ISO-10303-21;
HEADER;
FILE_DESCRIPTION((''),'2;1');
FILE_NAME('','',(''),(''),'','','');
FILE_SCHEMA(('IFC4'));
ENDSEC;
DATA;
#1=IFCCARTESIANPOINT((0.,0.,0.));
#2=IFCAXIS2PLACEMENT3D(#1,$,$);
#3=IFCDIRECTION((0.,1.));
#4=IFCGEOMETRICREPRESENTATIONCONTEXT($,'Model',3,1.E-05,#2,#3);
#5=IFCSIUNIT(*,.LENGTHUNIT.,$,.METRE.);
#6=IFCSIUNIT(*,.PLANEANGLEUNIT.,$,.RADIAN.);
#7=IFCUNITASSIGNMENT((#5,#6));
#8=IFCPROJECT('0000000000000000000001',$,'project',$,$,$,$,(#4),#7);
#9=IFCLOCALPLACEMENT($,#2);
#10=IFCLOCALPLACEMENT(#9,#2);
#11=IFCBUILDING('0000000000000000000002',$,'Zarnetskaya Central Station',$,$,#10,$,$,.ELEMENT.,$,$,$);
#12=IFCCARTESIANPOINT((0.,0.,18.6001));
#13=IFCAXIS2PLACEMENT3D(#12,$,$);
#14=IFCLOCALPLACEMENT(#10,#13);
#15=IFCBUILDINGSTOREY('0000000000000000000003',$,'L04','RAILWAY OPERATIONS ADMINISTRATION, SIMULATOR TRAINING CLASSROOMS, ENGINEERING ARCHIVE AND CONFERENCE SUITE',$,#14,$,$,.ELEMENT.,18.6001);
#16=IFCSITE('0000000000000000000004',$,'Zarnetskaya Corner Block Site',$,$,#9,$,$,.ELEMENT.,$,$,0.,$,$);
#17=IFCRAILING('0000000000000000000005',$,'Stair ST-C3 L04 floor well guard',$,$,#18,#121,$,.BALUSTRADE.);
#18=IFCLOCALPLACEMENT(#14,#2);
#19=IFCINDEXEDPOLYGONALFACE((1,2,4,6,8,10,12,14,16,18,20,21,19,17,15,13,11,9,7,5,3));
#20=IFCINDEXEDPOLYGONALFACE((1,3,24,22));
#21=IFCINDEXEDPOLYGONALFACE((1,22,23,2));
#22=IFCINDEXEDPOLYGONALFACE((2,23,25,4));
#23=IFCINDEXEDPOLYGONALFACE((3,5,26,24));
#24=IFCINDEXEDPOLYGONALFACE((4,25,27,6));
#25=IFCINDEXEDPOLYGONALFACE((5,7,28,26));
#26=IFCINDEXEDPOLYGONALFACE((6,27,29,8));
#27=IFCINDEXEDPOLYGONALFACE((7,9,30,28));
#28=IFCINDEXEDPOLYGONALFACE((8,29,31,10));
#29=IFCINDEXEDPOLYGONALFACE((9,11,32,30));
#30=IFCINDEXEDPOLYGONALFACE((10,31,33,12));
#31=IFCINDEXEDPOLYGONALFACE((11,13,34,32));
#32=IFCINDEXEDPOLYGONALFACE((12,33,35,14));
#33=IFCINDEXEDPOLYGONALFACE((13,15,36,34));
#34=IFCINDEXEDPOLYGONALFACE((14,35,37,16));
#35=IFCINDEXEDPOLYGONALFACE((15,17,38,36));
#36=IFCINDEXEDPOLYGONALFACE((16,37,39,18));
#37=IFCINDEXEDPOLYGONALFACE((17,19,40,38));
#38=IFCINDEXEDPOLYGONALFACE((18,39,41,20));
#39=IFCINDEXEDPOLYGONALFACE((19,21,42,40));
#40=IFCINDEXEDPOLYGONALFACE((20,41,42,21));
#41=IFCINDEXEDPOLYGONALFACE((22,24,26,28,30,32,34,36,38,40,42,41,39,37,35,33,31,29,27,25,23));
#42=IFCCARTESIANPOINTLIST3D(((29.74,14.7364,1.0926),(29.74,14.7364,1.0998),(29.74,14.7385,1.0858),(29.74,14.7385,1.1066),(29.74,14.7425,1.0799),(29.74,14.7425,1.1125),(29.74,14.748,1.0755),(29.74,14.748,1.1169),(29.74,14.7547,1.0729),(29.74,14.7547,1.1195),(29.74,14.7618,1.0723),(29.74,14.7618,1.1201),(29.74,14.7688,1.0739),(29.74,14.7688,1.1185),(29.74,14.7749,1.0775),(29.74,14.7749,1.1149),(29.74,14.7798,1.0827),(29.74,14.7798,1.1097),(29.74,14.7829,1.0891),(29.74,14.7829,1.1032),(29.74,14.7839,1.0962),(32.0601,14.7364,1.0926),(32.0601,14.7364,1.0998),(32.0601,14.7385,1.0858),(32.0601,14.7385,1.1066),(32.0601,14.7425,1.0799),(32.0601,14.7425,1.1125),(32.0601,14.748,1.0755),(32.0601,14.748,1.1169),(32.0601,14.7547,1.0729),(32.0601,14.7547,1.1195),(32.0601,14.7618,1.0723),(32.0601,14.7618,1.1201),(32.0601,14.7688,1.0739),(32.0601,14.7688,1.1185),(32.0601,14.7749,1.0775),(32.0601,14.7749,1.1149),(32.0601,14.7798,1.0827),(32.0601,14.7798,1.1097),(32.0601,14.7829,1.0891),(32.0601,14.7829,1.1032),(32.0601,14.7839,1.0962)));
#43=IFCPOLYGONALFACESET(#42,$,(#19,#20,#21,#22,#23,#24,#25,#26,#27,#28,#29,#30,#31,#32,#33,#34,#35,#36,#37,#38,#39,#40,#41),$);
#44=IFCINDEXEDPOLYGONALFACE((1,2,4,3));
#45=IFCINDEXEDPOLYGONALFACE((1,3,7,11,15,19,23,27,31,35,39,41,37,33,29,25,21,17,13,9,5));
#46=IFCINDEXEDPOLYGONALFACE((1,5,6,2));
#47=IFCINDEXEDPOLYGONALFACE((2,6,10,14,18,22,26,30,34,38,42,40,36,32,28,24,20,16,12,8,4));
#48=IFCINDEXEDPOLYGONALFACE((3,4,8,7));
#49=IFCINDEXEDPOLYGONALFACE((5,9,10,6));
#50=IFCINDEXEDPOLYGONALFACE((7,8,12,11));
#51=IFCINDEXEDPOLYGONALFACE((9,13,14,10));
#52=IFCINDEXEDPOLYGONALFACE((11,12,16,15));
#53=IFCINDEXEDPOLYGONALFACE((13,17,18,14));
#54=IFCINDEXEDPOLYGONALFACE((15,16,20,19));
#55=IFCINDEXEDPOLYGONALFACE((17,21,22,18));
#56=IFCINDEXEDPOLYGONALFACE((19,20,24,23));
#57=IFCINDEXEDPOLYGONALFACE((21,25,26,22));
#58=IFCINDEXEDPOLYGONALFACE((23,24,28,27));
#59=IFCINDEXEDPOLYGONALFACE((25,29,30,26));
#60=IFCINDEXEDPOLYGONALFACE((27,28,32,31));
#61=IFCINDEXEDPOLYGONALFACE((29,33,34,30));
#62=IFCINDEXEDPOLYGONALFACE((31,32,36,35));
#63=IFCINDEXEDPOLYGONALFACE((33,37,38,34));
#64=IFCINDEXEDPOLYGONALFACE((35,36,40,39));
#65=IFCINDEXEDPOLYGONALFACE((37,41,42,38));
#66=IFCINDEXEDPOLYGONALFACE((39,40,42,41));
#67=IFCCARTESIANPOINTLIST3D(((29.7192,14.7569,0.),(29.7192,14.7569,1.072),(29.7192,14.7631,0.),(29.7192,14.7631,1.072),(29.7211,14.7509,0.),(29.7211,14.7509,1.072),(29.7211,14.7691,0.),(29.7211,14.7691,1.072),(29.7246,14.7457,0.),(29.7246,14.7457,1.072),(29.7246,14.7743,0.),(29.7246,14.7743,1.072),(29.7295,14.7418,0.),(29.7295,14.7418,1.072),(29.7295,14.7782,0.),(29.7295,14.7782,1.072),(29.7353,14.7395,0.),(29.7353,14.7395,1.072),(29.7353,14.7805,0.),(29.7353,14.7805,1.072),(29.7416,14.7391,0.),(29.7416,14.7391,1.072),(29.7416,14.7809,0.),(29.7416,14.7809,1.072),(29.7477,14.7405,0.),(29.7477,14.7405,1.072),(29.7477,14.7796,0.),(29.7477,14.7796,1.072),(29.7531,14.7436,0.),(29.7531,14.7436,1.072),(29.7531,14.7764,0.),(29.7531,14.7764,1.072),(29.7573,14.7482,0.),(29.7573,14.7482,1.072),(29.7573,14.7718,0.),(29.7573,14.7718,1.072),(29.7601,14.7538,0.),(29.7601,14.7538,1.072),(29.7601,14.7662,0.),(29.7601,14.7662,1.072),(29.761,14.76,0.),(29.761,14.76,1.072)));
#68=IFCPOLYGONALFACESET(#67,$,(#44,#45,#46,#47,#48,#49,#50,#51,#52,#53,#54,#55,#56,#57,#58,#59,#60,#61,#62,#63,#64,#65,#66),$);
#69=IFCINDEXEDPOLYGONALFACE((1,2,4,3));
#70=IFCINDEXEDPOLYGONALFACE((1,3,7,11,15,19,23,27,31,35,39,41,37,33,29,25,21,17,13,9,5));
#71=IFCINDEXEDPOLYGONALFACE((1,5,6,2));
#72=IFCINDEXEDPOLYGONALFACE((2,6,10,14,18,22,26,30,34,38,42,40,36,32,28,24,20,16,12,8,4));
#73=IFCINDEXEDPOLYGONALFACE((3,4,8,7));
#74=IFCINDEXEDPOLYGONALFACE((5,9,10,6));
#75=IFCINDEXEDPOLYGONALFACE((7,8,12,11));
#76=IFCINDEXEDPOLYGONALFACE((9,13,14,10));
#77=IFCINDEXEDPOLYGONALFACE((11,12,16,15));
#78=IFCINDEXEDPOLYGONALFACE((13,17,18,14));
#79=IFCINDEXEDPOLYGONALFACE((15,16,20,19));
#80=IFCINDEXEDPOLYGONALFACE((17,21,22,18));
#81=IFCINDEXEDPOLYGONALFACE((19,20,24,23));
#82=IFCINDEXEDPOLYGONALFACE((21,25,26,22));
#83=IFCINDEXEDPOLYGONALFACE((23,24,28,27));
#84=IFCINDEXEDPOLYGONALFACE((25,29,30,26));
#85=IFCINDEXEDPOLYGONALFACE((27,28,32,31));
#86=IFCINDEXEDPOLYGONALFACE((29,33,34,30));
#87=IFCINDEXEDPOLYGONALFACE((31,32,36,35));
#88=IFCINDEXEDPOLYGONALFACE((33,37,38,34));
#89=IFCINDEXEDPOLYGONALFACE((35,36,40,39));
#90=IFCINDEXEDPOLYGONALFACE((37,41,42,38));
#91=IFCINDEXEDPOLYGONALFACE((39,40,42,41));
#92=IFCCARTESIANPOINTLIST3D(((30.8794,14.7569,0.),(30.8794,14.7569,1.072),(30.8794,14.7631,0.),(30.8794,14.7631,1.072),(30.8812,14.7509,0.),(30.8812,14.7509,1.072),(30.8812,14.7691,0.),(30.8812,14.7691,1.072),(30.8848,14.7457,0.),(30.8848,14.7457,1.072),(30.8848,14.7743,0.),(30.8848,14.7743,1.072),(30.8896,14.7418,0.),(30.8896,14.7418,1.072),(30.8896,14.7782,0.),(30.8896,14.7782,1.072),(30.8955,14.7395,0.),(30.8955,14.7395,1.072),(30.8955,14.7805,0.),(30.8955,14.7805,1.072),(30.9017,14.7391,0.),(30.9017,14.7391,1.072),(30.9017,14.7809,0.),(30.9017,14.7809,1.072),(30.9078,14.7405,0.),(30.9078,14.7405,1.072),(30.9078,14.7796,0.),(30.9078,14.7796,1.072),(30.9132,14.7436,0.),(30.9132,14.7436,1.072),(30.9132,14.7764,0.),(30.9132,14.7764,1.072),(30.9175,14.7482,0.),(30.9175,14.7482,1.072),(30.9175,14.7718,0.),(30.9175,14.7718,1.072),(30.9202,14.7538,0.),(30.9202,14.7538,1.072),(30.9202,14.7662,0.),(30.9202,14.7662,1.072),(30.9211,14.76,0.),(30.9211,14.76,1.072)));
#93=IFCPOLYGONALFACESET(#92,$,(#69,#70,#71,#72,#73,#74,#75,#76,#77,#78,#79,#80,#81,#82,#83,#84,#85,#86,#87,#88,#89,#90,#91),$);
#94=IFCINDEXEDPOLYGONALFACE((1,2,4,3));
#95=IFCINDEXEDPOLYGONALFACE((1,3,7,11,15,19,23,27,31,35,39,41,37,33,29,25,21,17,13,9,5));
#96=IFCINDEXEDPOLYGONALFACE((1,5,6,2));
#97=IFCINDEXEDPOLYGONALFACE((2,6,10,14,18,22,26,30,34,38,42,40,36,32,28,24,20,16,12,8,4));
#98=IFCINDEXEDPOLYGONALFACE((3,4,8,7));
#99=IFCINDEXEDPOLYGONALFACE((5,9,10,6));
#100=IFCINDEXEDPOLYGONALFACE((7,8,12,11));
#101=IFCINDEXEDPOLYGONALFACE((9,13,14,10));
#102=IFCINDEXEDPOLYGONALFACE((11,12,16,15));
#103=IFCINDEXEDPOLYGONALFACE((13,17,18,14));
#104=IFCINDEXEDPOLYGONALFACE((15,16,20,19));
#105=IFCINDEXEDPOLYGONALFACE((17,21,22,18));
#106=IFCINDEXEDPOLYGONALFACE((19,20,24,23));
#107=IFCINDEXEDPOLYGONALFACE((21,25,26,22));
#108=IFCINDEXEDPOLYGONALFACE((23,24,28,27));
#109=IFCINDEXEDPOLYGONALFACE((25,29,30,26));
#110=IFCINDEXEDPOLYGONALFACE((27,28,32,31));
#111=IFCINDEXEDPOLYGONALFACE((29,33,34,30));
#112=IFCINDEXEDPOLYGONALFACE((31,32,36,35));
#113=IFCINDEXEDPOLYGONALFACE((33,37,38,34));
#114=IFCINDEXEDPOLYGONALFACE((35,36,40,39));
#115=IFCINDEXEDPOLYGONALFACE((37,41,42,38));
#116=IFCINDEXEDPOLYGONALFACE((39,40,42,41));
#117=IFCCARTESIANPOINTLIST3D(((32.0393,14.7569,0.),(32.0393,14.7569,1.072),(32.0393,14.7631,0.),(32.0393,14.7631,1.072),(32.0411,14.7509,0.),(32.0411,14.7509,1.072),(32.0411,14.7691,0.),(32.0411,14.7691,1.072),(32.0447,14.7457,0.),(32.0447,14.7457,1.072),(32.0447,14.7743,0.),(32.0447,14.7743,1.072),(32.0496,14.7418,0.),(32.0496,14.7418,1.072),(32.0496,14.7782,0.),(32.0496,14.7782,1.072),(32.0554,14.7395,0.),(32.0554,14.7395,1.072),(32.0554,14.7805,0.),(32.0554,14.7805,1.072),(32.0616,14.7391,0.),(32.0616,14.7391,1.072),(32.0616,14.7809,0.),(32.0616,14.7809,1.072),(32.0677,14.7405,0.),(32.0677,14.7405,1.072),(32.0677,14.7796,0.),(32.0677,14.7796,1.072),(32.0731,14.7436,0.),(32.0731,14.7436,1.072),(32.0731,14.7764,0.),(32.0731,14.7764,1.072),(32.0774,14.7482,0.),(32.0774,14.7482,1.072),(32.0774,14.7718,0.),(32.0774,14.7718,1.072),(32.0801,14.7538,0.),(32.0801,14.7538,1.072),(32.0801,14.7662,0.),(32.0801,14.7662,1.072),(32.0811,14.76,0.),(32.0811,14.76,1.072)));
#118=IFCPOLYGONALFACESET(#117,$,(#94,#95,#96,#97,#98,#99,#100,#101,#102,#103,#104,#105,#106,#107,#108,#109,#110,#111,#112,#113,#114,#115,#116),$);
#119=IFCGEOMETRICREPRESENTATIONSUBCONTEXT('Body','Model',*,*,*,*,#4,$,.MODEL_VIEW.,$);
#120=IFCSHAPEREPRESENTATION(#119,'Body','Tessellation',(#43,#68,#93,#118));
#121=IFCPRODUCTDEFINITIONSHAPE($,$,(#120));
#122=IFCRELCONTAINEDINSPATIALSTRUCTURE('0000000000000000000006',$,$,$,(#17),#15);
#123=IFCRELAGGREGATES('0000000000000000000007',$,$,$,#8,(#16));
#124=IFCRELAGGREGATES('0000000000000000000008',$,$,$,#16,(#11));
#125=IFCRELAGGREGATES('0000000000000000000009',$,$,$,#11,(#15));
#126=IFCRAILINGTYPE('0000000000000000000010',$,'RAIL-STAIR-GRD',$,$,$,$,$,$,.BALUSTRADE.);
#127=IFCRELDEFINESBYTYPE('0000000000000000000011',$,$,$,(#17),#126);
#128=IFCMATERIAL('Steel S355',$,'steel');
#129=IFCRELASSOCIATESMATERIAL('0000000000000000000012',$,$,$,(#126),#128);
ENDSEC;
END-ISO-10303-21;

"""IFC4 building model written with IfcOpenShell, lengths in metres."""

from ifc_helpers import new_model, si_unit, direction, frame, origin, origin_2d, place, context, subcontext, project, spatial, circle, extrude, material, type_object, element, save


model = new_model("IFC4")

# Units and contexts
model_context = context("Model", 3, precision=1e-05, world=origin(), true_north=direction((0.0, 1.0)))
body_context = subcontext(model_context, "Body", "Model", "MODEL_VIEW")
ifc_project = project(units=[si_unit("LENGTHUNIT", "METRE"), si_unit("PLANEANGLEUNIT", "RADIAN")], contexts=[model_context])

# Site, building, storey
site_placement = place(None, origin())
site = spatial("IfcSite", under=ifc_project, at=site_placement, Name="Zarnetskaya Corner Block Site", CompositionType="ELEMENT", RefElevation=0.0)
building_placement = place(site_placement, origin())
building = spatial("IfcBuilding", under=site, at=building_placement, Name="Zarnetskaya Central Station", CompositionType="ELEMENT")
storey_placement = place(building_placement, frame((0.0, 0.0, 18.6001)))
storey = spatial("IfcBuildingStorey", under=building, at=storey_placement, Name="L04", Description="RAILWAY OPERATIONS ADMINISTRATION, SIMULATOR TRAINING CLASSROOMS, ENGINEERING ARCHIVE AND CONFERENCE SUITE", CompositionType="ELEMENT", Elevation=18.6001)

# Shared definitions
ifc_material_1 = material(Name="Steel S355", Category="steel")

# Railing
railing_type = type_object("IfcRailingType", Name="RAIL-STAIR-GRD", PredefinedType="BALUSTRADE", material=ifc_material_1)
railing_placement = place(storey_placement, frame((29.74, 14.76, 0.0)))
element("IfcRailing", 1, at=railing_placement, inside=storey, type_object=railing_type, Name="Stair ST-C3 L04 floor well guard", PredefinedType="BALUSTRADE", context=body_context, shape_type="SweptSolid", body=[
    extrude(circle(Radius=0.0239, at=origin_2d()), frame((0.0, 0.0, 1.0962), z_axis=(1.0, 0.0, 0.0), x_axis=(0.0, 1.0, 0.0)), (0.0, 0.0, 1.0), 2.3201),
    extrude(circle(Radius=0.021, at=origin_2d()), origin(), (0.0, 0.0, 1.0), 1.072),
    extrude(circle(Radius=0.021, at=origin_2d()), frame((1.1602, 0.0, 0.0)), (0.0, 0.0, 1.0), 1.072),
    extrude(circle(Radius=0.021, at=origin_2d()), frame((2.3201, 0.0, 0.0)), (0.0, 0.0, 1.0), 1.072),
])

save(model, "model.ifc")
